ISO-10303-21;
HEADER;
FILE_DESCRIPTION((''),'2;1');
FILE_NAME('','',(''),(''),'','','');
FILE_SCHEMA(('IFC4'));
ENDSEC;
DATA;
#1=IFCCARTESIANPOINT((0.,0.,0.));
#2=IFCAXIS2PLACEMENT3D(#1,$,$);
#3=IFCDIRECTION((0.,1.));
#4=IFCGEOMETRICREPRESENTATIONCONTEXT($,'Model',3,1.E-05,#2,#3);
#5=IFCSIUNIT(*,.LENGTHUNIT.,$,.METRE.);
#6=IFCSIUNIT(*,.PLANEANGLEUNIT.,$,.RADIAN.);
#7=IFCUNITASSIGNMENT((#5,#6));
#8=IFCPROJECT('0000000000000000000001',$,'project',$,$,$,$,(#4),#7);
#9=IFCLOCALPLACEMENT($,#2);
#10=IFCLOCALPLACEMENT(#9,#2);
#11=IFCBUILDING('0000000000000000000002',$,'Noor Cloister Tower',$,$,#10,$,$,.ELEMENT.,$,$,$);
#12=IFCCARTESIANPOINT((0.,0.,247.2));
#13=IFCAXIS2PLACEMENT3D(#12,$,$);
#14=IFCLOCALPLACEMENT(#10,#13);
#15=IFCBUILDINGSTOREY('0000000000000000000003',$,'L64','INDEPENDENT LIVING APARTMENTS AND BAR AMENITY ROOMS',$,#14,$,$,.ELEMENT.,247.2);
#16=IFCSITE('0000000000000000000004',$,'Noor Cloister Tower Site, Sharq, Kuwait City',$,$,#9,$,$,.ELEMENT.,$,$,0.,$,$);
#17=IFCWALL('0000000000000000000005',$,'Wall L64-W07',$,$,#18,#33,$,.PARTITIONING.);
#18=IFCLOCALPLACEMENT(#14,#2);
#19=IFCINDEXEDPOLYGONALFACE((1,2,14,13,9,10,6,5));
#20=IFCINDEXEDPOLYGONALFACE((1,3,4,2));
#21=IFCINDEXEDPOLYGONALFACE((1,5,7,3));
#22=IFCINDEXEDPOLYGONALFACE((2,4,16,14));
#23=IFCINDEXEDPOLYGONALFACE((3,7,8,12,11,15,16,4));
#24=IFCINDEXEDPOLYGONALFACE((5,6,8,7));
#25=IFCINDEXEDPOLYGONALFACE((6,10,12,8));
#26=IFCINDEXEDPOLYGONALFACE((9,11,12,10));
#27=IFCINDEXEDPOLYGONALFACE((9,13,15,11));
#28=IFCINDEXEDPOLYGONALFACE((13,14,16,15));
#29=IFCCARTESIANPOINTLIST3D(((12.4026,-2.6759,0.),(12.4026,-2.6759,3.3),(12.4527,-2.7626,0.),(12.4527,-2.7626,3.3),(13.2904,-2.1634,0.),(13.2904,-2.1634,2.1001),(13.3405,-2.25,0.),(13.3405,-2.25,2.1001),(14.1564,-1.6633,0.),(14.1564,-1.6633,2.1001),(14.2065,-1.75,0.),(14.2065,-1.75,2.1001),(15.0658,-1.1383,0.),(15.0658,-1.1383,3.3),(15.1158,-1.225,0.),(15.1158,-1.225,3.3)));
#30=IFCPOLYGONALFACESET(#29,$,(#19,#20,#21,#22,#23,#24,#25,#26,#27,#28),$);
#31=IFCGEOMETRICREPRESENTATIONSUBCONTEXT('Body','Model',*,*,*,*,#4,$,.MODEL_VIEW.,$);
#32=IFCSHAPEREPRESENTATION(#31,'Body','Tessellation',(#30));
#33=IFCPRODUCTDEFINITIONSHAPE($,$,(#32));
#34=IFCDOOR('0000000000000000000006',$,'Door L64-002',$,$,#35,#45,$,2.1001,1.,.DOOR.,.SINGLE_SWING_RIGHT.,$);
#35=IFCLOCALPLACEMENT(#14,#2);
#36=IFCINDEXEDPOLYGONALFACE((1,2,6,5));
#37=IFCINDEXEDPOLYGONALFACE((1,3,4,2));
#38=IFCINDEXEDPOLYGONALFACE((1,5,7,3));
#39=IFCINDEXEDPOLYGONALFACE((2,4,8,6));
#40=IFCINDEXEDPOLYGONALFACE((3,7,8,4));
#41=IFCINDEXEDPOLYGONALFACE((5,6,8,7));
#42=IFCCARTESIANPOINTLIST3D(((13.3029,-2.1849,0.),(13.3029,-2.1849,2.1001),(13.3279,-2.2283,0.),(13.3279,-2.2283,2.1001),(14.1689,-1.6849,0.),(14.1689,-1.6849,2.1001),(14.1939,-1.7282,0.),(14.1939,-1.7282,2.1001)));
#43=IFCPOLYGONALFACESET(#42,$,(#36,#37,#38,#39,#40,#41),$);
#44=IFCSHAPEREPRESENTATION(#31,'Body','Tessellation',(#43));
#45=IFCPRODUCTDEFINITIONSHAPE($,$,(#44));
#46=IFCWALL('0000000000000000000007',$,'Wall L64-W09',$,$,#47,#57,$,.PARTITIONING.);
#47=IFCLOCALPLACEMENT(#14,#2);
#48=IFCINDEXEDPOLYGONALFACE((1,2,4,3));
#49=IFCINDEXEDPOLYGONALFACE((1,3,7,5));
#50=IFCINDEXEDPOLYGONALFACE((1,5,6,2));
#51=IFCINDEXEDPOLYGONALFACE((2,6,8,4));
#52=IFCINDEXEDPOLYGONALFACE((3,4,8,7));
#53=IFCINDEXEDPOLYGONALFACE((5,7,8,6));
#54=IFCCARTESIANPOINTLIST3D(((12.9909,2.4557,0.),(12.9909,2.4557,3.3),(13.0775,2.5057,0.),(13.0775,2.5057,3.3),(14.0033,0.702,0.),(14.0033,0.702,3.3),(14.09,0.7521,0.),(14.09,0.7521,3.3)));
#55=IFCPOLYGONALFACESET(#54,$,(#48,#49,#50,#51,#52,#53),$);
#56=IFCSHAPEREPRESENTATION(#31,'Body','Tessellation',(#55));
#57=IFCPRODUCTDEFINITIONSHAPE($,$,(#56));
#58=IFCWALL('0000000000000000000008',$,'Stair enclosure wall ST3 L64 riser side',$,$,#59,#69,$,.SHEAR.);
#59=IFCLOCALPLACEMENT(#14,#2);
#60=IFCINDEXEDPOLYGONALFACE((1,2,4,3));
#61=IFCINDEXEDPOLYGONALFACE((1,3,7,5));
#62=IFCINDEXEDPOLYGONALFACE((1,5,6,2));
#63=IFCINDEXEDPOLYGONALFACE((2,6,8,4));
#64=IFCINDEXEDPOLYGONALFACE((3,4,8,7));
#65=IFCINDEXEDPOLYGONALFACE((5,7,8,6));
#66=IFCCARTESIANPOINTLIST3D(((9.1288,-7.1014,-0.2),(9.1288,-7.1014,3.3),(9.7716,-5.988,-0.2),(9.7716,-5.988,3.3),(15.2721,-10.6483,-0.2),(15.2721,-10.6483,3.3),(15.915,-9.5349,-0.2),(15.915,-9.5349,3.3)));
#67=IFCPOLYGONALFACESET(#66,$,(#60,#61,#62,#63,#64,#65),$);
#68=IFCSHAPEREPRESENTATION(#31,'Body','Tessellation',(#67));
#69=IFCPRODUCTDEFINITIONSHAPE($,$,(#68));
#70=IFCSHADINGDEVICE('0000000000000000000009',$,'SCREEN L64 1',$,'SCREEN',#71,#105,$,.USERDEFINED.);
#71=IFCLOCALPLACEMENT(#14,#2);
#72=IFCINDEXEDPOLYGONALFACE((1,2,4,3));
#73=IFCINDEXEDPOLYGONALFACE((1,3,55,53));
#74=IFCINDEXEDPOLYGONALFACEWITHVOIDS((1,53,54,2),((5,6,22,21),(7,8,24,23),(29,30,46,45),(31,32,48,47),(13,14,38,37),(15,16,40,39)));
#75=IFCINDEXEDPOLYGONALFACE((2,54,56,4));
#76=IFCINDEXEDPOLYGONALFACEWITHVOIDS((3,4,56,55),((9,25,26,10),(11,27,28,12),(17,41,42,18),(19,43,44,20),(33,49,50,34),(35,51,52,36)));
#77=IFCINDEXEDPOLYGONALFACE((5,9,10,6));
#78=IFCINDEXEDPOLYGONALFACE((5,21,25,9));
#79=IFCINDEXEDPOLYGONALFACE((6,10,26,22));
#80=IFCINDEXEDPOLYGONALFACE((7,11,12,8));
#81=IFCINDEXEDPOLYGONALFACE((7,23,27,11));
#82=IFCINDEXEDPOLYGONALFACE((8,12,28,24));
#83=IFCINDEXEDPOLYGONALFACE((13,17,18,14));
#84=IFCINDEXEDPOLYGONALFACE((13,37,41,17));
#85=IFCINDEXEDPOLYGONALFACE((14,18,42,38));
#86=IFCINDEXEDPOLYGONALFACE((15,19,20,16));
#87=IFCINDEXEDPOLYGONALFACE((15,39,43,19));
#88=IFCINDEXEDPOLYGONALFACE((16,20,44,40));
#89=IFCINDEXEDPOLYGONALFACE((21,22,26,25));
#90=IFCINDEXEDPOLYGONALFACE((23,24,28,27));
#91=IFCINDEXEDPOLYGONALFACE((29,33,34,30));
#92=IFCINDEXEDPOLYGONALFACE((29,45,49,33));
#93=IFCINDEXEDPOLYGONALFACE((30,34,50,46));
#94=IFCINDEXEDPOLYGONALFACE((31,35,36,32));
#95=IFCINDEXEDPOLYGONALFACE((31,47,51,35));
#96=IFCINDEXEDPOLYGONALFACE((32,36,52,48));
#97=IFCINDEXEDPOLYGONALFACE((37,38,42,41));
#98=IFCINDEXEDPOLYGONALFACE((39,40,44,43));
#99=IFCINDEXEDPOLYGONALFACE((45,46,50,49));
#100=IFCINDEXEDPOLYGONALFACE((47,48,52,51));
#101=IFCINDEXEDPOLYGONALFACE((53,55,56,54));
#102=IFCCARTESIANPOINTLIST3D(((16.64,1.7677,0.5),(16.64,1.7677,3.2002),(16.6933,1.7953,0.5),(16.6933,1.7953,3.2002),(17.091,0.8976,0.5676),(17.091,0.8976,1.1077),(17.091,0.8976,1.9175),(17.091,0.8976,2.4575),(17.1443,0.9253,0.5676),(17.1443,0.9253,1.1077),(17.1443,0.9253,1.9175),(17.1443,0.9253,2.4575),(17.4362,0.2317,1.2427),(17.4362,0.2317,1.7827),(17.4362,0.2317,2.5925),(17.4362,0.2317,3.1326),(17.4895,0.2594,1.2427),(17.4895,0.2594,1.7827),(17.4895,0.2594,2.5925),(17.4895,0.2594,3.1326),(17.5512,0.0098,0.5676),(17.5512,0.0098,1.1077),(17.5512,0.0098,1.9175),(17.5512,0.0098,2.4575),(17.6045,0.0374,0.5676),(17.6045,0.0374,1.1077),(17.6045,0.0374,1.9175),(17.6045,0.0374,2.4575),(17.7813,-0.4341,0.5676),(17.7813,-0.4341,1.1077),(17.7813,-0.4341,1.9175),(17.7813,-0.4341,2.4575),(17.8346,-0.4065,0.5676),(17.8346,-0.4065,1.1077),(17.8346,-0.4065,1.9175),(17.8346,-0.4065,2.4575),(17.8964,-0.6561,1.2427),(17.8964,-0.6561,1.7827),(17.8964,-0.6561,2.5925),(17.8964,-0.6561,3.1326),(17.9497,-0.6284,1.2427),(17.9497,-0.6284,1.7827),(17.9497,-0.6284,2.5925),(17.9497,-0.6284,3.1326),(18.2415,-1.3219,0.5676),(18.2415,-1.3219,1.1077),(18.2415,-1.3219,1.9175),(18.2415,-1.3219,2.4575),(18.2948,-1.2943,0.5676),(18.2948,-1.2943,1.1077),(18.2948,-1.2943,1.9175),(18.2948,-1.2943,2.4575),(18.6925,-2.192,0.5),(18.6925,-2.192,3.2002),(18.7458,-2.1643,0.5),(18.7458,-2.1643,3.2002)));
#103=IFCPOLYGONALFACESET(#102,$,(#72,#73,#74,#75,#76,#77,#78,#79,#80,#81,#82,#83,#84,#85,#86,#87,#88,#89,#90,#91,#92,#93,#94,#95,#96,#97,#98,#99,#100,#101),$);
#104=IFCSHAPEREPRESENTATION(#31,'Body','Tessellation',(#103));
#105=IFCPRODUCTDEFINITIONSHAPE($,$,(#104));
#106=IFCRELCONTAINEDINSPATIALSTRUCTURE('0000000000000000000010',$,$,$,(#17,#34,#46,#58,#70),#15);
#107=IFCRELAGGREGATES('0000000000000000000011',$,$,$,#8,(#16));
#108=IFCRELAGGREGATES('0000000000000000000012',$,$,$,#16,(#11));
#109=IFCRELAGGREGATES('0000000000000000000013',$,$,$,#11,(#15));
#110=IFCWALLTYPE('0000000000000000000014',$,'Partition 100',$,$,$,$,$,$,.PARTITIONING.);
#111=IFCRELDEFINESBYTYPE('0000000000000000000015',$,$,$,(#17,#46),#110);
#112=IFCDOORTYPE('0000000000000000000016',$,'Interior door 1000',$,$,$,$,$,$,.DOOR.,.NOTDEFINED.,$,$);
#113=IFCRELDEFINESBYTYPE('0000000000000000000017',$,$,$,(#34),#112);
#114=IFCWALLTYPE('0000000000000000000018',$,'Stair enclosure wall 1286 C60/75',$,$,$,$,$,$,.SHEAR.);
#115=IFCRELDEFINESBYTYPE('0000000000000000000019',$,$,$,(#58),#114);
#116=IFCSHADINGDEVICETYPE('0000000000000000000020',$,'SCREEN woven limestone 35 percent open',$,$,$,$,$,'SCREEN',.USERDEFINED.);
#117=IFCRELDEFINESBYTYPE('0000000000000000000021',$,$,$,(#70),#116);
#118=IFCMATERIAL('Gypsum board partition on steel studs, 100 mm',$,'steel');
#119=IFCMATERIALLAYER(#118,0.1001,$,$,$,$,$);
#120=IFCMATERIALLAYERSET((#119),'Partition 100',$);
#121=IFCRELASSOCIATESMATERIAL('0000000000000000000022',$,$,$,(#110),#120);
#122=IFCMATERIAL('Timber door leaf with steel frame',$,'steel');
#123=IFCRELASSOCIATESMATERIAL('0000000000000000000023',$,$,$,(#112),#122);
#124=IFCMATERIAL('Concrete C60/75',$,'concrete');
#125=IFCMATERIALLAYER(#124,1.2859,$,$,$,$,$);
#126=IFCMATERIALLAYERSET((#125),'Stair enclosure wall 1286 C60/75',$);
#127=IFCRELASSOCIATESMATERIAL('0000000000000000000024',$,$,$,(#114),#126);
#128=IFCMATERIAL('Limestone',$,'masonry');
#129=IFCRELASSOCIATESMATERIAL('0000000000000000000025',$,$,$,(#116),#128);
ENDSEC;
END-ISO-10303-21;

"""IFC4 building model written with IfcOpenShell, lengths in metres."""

from ifc_helpers import new_model, si_unit, direction, frame, frame_2d, origin, place, context, subcontext, project, spatial, polyline, rectangle, outline, extrude, material, layer, layer_set, material_profile, profile_set, type_object, element, fill, save


model = new_model("IFC4")

# Units and contexts
model_context = context("Model", 3, precision=1e-05, world=origin(), true_north=direction((0.0, 1.0)))
body_context = subcontext(model_context, "Body", "Model", "MODEL_VIEW")
ifc_project = project(units=[si_unit("LENGTHUNIT", "METRE"), si_unit("PLANEANGLEUNIT", "RADIAN")], contexts=[model_context])

# Site, building, storey
site_placement = place(None, origin())
site = spatial("IfcSite", under=ifc_project, at=site_placement, Name="Noor Cloister Tower Site, Sharq, Kuwait City", CompositionType="ELEMENT", RefElevation=0.0)
building_placement = place(site_placement, origin())
building = spatial("IfcBuilding", under=site, at=building_placement, Name="Noor Cloister Tower", CompositionType="ELEMENT")
storey_placement = place(building_placement, frame((0.0, 0.0, 247.2)))
storey = spatial("IfcBuildingStorey", under=building, at=storey_placement, Name="L64", Description="INDEPENDENT LIVING APARTMENTS AND BAR AMENITY ROOMS", CompositionType="ELEMENT", Elevation=247.2)

# Shared definitions
ifc_material_1 = material(Name="Gypsum board partition on steel studs, 100 mm", Category="steel")
ifc_layer_1 = layer(ifc_material_1, 0.1001)
ifc_layer_set_1 = layer_set([ifc_layer_1], Name="Partition 100")
wall_type_1 = type_object("IfcWallType", Name="Partition 100", PredefinedType="PARTITIONING", material=ifc_layer_set_1)

# Wall, opening, door
wall_1_placement = place(storey_placement, frame((15.0908, -1.1816, 0.0), z_axis=(0.0, 0.0, 1.0), x_axis=(-0.866016, -0.500016, 0.0)))
wall_1 = element("IfcWall", 1, at=wall_1_placement, inside=storey, type_object=wall_type_1, Name="Wall L64-W07", PredefinedType="PARTITIONING", context=body_context, shape_type="SweptSolid", body=[
    extrude(rectangle(XDim=3.0752, YDim=0.1001, at=frame_2d((1.5376, 0.0))), origin(), (0.0, 0.0, 1.0), 3.3),
])
opening_1_placement = place(wall_1_placement, frame((1.05, 0.0, 0.0)))
opening_1 = element("IfcOpeningElement", 2, at=opening_1_placement, cuts=wall_1, PredefinedType="OPENING", context=body_context, shape_type="SweptSolid", body=[
    extrude(rectangle(XDim=1.0, YDim=2.1001, at=frame_2d((0.5, 1.05))), frame((0.0, 0.0601, 0.0), z_axis=(0.0, -1.0, 0.0), x_axis=(1.0, 0.0, 0.0)), (0.0, 0.0, 1.0), 0.1201),
])
ifc_material_2 = material(Name="Timber door leaf with steel frame", Category="steel")
door_type_1 = type_object("IfcDoorType", Name="Interior door 1000", OperationType="NOTDEFINED", PredefinedType="DOOR", material=ifc_material_2)
door_1_placement = place(opening_1_placement, origin())
door_1 = element("IfcDoor", 3, at=door_1_placement, inside=storey, type_object=door_type_1, Name="Door L64-002", OperationType="SINGLE_SWING_RIGHT", OverallHeight=2.1001, OverallWidth=1.0, PredefinedType="DOOR", context=body_context, shape_type="SweptSolid", body=[
    extrude(rectangle(XDim=1.0, YDim=2.1001, at=frame_2d((0.5, 1.05))), frame((0.0, 0.0249, 0.0), z_axis=(0.0, -1.0, 0.0), x_axis=(1.0, 0.0, 0.0)), (0.0, 0.0, 1.0), 0.05),
])
fill(opening_1, door_1)

# Walls
wall_2_placement = place(storey_placement, frame((14.0466, 0.7271, 0.0), z_axis=(0.0, 0.0, 1.0), x_axis=(-0.49999, 0.866031, 0.0)))
element("IfcWall", 4, at=wall_2_placement, inside=storey, type_object=wall_type_1, Name="Wall L64-W09", PredefinedType="PARTITIONING", context=body_context, shape_type="SweptSolid", body=[
    extrude(rectangle(XDim=2.0249, YDim=0.1001, at=frame_2d((1.0125, 0.0))), origin(), (0.0, 0.0, 1.0), 3.3),
])
ifc_material_3 = material(Name="Concrete C60/75", Category="concrete")
ifc_layer_2 = layer(ifc_material_3, 1.2859)
ifc_layer_set_2 = layer_set([ifc_layer_2], Name="Stair enclosure wall 1286 C60/75")
wall_type_2 = type_object("IfcWallType", Name="Stair enclosure wall 1286 C60/75", PredefinedType="SHEAR", material=ifc_layer_set_2)
wall_3_placement = place(storey_placement, frame((9.4502, -6.5447, -0.2), z_axis=(0.0, 0.0, 1.0), x_axis=(0.866023, -0.500003, 0.0)))
element("IfcWall", 5, at=wall_3_placement, inside=storey, type_object=wall_type_2, Name="Stair enclosure wall ST3 L64 riser side", PredefinedType="SHEAR", context=body_context, shape_type="SweptSolid", body=[
    extrude(rectangle(XDim=7.0938, YDim=1.2856, at=frame_2d((3.5469, 0.0))), origin(), (0.0, 0.0, 1.0), 3.5),
])

# Shading device
ifc_material_4 = material(Name="Limestone", Category="masonry")
ifc_material_profile_1 = material_profile(ifc_material_4, outline(polyline([(-2.23, -1.3501), (2.23, -1.3501), (2.23, 1.3501), (-2.23, 1.3501), (-2.23, -1.3501)]), holes=[polyline([(-1.25, -1.2825), (-0.25, -1.2825), (-0.25, -0.7424), (-1.25, -0.7424), (-1.25, -1.2825)]), polyline([(0.25, -1.2825), (1.25, -1.2825), (1.25, -0.7424), (0.25, -0.7424), (0.25, -1.2825)]), polyline([(-0.5, -0.6074), (0.5, -0.6074), (0.5, -0.0674), (-0.5, -0.0674), (-0.5, -0.6074)]), polyline([(-1.25, 0.0674), (-0.25, 0.0674), (-0.25, 0.6074), (-1.25, 0.6074), (-1.25, 0.0674)]), polyline([(0.25, 0.0674), (1.25, 0.0674), (1.25, 0.6074), (0.25, 0.6074), (0.25, 0.0674)]), polyline([(-0.5, 0.7424), (0.5, 0.7424), (0.5, 1.2825), (-0.5, 1.2825), (-0.5, 0.7424)])]), Name="Woven screen 35 percent open")
ifc_profile_set_1 = profile_set([ifc_material_profile_1], Name="Limestone")
shading_device_type = type_object("IfcShadingDeviceType", Name="SCREEN woven limestone 35 percent open", ElementType="SCREEN", PredefinedType="USERDEFINED", material=ifc_profile_set_1)
shading_device_placement = place(storey_placement, frame((17.6663, -0.2122, 1.8501), z_axis=(0.887816, 0.460198, 0.0), x_axis=(-0.460198, 0.887816, 0.0)))
element("IfcShadingDevice", 6, at=shading_device_placement, inside=storey, type_object=shading_device_type, Name="SCREEN L64 1", ObjectType="SCREEN", PredefinedType="USERDEFINED", context=body_context, shape_type="SweptSolid", body=[
    extrude(outline(polyline([(-2.23, -1.3501), (2.23, -1.3501), (2.23, 1.3501), (-2.23, 1.3501), (-2.23, -1.3501)]), holes=[polyline([(-1.25, -1.2825), (-0.25, -1.2825), (-0.25, -0.7424), (-1.25, -0.7424), (-1.25, -1.2825)]), polyline([(0.25, -1.2825), (1.25, -1.2825), (1.25, -0.7424), (0.25, -0.7424), (0.25, -1.2825)]), polyline([(-0.5, -0.6074), (0.5, -0.6074), (0.5, -0.0674), (-0.5, -0.0674), (-0.5, -0.6074)]), polyline([(-1.25, 0.0674), (-0.25, 0.0674), (-0.25, 0.6074), (-1.25, 0.6074), (-1.25, 0.0674)]), polyline([(0.25, 0.0674), (1.25, 0.0674), (1.25, 0.6074), (0.25, 0.6074), (0.25, 0.0674)]), polyline([(-0.5, 0.7424), (0.5, 0.7424), (0.5, 1.2825), (-0.5, 1.2825), (-0.5, 0.7424)])]), origin(), (0.0, 0.0, 1.0), 0.0601),
])

save(model, "model.ifc")
